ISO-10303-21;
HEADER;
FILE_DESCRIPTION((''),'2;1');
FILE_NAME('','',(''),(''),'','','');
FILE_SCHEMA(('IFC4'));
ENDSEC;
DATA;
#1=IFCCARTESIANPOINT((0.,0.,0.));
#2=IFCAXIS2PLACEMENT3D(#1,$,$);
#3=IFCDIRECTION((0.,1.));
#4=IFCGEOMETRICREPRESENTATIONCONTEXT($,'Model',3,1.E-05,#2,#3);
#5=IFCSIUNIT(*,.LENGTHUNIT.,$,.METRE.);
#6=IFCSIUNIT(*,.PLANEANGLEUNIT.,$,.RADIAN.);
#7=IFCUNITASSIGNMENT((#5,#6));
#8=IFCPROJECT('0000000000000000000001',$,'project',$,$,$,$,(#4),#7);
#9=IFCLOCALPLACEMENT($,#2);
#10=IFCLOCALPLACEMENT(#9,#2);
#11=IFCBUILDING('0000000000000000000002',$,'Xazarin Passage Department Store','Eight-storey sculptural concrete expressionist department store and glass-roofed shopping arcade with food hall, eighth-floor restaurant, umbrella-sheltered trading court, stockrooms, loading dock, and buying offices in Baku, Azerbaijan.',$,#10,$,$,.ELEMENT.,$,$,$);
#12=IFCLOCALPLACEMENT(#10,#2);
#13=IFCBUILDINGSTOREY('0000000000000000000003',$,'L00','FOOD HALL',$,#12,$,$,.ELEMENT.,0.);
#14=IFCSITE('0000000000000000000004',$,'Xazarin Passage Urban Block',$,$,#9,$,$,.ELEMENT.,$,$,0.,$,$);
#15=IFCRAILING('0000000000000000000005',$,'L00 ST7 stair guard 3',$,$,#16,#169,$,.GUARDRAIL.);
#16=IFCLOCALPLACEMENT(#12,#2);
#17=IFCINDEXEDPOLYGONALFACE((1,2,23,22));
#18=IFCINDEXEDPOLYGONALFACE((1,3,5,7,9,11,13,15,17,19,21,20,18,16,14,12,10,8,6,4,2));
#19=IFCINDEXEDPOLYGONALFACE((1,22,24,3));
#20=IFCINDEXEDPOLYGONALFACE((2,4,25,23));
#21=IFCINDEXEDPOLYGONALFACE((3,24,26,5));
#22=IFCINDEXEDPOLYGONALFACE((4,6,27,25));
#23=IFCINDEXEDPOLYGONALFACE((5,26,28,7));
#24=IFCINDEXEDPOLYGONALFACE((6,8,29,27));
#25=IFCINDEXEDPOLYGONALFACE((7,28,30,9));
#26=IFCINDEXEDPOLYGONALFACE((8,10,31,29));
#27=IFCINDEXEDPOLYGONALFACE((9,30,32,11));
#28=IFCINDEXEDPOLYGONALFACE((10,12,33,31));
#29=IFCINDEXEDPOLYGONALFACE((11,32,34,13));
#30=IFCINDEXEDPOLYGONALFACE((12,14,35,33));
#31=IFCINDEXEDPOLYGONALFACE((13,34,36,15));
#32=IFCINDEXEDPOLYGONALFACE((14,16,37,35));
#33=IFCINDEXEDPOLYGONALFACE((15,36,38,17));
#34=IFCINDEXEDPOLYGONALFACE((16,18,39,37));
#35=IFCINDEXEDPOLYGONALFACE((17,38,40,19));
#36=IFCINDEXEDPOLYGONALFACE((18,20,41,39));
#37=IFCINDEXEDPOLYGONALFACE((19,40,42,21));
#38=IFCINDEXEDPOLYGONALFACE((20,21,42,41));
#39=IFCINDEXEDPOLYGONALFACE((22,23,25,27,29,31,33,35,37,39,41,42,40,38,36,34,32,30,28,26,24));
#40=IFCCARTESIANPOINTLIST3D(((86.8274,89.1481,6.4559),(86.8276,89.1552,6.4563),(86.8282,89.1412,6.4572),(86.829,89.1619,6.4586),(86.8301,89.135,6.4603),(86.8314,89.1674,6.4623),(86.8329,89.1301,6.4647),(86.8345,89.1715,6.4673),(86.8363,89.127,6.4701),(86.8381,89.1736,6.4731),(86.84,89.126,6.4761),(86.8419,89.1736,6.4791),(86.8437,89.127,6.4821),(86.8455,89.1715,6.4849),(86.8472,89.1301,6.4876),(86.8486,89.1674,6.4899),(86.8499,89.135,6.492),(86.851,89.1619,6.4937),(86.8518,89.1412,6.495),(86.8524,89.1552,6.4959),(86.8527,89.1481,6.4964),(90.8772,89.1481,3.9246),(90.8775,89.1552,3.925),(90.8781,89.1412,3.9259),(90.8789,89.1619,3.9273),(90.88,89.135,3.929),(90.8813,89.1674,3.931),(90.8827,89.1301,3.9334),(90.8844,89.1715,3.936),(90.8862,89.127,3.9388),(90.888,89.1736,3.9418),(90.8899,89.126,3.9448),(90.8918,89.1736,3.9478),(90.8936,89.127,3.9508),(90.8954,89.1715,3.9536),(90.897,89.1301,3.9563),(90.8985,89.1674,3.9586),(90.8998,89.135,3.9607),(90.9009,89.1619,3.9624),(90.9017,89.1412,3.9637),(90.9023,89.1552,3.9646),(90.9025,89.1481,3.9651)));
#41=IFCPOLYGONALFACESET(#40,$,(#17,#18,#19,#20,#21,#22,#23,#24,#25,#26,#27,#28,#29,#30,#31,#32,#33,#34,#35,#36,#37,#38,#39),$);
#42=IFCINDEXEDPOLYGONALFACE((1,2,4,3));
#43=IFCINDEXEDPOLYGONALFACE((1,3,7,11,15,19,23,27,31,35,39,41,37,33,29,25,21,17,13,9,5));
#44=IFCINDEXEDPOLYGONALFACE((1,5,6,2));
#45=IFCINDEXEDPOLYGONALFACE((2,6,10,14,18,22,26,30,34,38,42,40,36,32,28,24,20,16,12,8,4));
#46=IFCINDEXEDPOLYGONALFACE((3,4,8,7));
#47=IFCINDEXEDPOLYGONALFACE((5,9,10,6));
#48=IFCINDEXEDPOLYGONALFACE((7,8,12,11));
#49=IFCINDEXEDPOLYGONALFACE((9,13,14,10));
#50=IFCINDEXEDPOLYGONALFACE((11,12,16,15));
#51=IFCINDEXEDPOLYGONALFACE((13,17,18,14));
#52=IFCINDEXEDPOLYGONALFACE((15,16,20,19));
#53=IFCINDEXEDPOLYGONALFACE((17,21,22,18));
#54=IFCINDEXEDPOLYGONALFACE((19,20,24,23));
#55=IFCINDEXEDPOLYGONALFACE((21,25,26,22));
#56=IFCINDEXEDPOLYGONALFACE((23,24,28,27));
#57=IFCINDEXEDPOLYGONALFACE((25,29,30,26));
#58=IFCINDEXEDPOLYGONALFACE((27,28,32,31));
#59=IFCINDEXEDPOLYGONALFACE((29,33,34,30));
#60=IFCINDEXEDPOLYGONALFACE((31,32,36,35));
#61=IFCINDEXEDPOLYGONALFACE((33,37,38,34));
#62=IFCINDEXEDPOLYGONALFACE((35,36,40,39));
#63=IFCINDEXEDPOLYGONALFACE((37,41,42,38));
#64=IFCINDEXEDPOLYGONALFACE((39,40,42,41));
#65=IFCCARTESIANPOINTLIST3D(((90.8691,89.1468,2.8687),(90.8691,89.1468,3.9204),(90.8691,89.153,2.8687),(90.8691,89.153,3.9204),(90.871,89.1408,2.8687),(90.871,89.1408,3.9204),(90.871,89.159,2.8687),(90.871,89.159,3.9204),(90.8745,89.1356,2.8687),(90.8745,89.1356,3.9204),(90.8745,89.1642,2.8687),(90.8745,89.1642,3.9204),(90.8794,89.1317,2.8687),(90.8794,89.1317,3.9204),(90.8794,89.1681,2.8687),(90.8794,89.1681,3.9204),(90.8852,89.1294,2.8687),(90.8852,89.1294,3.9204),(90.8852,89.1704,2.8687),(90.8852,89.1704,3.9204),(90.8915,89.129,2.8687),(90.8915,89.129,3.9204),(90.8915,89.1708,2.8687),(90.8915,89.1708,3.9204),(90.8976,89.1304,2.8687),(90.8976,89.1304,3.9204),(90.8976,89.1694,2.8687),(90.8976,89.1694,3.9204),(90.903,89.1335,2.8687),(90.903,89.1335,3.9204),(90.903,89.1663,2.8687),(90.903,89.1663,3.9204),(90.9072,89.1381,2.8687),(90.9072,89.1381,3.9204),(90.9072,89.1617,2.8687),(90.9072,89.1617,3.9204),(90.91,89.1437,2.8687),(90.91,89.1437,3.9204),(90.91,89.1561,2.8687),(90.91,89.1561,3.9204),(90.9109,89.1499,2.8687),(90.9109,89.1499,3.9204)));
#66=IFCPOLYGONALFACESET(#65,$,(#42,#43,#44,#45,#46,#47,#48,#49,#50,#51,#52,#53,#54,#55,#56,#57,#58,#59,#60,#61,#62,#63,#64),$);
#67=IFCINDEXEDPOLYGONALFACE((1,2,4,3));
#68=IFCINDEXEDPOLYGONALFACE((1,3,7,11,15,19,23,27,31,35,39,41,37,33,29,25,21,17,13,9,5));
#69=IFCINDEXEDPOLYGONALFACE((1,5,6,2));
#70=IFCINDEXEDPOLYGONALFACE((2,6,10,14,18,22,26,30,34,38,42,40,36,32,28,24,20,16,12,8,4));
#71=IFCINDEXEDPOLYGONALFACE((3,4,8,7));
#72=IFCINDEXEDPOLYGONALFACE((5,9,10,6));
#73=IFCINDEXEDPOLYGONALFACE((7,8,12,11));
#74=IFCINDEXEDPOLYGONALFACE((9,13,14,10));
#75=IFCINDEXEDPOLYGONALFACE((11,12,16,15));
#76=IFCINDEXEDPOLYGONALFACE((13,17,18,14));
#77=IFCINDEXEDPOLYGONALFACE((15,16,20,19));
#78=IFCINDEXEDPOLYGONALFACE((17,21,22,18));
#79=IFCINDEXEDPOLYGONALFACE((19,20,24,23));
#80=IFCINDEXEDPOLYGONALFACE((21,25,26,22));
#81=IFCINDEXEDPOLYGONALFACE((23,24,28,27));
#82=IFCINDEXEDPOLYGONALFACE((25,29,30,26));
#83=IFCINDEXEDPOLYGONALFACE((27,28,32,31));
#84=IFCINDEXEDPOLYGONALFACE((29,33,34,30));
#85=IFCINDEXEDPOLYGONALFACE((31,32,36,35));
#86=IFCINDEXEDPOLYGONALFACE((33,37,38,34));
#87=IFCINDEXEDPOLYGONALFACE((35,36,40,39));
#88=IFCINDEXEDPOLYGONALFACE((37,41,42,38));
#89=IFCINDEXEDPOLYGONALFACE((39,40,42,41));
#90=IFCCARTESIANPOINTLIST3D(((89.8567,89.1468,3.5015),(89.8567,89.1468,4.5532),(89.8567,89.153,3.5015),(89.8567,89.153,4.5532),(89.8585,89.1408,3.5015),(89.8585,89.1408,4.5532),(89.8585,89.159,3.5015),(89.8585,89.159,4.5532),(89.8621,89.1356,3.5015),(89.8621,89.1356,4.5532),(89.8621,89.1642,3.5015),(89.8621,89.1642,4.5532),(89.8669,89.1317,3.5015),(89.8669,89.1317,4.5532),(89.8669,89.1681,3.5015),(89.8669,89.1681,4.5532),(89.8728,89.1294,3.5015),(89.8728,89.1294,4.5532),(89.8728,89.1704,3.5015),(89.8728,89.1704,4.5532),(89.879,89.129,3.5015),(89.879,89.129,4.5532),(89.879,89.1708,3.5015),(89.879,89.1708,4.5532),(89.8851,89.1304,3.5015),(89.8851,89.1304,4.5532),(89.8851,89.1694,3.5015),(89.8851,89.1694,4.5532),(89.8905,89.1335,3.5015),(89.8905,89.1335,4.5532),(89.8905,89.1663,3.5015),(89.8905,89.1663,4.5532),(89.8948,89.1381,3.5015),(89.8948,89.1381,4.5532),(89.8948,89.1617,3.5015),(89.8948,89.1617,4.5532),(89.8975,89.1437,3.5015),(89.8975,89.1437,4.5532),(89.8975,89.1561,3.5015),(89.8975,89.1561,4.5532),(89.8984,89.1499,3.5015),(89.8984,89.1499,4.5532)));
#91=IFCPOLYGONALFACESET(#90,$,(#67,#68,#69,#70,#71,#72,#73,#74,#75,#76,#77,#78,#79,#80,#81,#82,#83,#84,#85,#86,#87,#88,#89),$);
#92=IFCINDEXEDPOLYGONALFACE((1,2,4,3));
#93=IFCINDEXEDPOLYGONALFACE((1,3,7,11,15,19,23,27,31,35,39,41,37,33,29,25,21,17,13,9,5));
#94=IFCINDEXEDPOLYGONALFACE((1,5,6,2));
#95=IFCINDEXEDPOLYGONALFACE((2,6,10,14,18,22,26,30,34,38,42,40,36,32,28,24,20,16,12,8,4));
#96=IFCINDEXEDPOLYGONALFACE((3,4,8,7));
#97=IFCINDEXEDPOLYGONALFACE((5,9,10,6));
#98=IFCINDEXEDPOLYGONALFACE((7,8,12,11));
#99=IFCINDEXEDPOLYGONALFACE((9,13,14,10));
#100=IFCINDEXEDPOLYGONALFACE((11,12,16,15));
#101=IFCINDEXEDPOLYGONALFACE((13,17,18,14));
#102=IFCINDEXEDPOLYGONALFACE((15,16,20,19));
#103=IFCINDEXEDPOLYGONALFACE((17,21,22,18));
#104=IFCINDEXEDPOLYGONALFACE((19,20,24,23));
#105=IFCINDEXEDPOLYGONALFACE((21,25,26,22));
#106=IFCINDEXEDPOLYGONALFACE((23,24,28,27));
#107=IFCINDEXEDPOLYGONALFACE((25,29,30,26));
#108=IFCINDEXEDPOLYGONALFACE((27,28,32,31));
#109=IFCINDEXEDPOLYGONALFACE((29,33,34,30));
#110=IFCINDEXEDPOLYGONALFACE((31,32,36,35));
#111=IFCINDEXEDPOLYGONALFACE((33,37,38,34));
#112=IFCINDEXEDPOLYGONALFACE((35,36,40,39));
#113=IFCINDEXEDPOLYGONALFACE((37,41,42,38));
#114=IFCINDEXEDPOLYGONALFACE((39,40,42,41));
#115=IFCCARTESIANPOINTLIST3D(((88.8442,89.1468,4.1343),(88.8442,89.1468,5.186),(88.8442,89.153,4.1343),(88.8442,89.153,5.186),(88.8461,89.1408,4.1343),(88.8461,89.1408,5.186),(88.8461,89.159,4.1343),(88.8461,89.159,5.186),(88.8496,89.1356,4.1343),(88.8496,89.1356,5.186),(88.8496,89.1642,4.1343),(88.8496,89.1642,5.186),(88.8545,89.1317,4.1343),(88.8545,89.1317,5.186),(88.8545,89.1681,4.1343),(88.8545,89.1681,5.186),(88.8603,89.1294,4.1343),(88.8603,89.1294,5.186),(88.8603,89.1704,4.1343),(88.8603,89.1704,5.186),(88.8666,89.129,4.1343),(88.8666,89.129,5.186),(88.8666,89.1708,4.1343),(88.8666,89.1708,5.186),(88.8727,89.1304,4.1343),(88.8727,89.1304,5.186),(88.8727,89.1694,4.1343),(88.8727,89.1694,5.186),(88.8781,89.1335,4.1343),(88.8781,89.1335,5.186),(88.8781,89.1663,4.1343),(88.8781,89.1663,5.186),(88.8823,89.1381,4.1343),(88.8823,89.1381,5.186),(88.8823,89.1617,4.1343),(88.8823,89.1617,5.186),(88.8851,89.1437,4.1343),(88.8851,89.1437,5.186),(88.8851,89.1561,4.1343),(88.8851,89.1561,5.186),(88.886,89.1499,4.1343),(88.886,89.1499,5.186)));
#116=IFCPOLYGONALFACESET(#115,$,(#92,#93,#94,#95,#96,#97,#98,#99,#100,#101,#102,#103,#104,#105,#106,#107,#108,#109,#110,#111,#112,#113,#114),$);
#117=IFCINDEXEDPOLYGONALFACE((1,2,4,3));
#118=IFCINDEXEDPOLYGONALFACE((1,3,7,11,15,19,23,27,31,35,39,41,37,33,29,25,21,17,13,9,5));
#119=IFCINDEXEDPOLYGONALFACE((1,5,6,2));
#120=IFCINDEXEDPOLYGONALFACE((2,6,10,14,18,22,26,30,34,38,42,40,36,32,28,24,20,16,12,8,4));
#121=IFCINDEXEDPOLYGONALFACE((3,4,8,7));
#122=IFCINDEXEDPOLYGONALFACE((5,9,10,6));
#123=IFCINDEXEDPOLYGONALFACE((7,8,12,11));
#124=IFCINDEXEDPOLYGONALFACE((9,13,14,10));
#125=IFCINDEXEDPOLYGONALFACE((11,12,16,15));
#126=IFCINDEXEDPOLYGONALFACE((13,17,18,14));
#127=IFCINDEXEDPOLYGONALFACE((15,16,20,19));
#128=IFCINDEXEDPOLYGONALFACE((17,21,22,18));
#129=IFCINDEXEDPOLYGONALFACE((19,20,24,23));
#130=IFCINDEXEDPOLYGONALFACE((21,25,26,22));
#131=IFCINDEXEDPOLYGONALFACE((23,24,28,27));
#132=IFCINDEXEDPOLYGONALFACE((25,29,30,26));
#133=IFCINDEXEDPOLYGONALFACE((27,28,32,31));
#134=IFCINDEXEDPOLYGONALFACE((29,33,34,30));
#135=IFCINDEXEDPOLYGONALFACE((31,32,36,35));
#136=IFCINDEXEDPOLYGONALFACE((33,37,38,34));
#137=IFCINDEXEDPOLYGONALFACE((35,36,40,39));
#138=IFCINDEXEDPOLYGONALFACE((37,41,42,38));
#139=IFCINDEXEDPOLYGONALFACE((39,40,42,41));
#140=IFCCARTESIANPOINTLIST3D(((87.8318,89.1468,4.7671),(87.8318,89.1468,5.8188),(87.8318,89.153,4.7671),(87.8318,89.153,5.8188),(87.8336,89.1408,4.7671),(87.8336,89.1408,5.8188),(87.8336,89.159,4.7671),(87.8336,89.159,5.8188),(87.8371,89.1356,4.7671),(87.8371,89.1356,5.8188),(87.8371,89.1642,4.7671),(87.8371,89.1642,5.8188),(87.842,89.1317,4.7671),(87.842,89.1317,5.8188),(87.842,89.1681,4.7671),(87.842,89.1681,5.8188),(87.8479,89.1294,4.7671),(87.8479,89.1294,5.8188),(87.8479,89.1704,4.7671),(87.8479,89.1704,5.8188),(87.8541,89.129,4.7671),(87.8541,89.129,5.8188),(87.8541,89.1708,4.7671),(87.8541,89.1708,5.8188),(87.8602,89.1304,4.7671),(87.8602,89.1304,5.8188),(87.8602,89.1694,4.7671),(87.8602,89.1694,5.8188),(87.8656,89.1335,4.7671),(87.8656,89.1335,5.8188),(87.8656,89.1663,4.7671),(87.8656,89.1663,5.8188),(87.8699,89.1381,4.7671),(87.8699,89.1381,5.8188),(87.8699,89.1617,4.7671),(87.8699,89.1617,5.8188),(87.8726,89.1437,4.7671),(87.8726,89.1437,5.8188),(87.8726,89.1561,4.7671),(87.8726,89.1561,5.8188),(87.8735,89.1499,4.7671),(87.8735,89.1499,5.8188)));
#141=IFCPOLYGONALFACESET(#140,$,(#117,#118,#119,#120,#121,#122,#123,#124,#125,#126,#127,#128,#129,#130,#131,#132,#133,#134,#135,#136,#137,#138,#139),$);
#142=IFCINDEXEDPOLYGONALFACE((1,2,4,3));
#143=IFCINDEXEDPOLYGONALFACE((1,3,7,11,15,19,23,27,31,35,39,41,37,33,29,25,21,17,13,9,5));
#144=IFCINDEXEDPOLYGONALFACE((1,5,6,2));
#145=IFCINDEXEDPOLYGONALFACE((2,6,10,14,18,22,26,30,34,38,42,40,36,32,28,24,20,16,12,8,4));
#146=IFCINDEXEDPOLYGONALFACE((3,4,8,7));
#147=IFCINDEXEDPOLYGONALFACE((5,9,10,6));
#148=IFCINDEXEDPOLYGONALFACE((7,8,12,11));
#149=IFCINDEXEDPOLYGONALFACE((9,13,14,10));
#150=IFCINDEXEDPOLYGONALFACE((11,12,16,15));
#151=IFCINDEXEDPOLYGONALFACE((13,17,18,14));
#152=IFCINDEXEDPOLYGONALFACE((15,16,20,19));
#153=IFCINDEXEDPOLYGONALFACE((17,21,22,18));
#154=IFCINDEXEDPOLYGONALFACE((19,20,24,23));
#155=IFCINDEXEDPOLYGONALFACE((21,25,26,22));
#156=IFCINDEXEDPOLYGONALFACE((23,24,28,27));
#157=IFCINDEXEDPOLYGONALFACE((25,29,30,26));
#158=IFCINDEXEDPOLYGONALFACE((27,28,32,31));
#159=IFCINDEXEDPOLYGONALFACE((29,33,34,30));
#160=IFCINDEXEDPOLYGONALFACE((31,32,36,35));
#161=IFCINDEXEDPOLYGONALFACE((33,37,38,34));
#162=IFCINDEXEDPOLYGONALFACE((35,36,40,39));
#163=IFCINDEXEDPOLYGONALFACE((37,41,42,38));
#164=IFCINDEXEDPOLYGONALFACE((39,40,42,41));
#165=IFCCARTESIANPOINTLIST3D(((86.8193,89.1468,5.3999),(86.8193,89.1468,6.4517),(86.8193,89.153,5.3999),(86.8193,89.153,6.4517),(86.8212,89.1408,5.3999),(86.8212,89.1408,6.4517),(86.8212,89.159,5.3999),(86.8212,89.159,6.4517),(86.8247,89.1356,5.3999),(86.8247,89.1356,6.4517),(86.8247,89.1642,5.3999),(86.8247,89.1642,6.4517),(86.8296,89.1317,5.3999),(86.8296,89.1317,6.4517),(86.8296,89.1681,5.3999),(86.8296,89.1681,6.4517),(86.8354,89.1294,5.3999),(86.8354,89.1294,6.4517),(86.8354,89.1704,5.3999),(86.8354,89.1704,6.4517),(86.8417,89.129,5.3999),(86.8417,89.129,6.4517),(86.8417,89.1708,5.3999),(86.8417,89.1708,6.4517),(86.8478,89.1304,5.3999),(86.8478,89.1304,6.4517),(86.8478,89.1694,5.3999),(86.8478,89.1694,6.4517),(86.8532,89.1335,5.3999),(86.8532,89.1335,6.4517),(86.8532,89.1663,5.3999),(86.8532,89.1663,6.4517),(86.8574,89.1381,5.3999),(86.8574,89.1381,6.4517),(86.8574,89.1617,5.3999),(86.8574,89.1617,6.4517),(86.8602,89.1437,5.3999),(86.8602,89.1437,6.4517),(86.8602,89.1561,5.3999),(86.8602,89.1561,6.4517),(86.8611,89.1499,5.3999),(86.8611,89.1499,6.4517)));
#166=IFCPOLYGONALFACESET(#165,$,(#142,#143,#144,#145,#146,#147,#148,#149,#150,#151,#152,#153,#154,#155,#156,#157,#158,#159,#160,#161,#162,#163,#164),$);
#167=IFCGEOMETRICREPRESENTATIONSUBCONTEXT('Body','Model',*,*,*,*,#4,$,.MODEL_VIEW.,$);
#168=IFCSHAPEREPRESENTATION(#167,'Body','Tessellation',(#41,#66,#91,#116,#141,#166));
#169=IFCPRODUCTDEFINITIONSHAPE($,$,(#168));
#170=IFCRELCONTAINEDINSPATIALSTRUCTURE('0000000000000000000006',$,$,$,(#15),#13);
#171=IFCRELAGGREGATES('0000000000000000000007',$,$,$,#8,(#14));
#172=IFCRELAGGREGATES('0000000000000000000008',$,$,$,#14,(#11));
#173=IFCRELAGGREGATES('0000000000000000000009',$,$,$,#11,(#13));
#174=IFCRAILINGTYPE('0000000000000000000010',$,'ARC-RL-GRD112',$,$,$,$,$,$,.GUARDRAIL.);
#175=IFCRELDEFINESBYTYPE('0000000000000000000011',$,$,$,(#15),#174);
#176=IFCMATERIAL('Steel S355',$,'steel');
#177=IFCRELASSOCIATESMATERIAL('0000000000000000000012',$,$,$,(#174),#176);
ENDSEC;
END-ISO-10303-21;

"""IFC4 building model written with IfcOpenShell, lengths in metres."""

from ifc_helpers import new_model, si_unit, direction, frame, origin, origin_2d, place, context, subcontext, project, spatial, circle, extrude, material, type_object, element, save


model = new_model("IFC4")

# Units and contexts
model_context = context("Model", 3, precision=1e-05, world=origin(), true_north=direction((0.0, 1.0)))
body_context = subcontext(model_context, "Body", "Model", "MODEL_VIEW")
ifc_project = project(units=[si_unit("LENGTHUNIT", "METRE"), si_unit("PLANEANGLEUNIT", "RADIAN")], contexts=[model_context])

# Site, building, storey
site_placement = place(None, origin())
site = spatial("IfcSite", under=ifc_project, at=site_placement, Name="Xazarin Passage Urban Block", CompositionType="ELEMENT", RefElevation=0.0)
building_placement = place(site_placement, origin())
building = spatial("IfcBuilding", under=site, at=building_placement, Name="Xazarin Passage Department Store", Description="Eight-storey sculptural concrete expressionist department store and glass-roofed shopping arcade with food hall, eighth-floor restaurant, umbrella-sheltered trading court, stockrooms, loading dock, and buying offices in Baku, Azerbaijan.", CompositionType="ELEMENT")
storey_placement = place(building_placement, origin())
storey = spatial("IfcBuildingStorey", under=building, at=storey_placement, Name="L00", Description="FOOD HALL", CompositionType="ELEMENT", Elevation=0.0)

# Shared definitions
ifc_material_1 = material(Name="Steel S355", Category="steel")

# Railing
railing_type_1 = type_object("IfcRailingType", Name="ARC-RL-GRD112", PredefinedType="GUARDRAIL", material=ifc_material_1)
railing_1_placement = place(storey_placement, frame((90.8899, 89.1499, 2.8687)))
element("IfcRailing", 1, at=railing_1_placement, inside=storey, type_object=railing_type_1, Name="L00 ST7 stair guard 3", PredefinedType="GUARDRAIL", context=body_context, shape_type="SweptSolid", body=[
    extrude(circle(Radius=0.0239, at=origin_2d()), frame((0.0, 0.0, 1.0762), z_axis=(-0.847987, 0.0, 0.530017), x_axis=(0.0, -1.0, 0.0)), (0.0, 0.0, 1.0), 4.7759),
    extrude(circle(Radius=0.021, at=origin_2d()), origin(), (0.0, 0.0, 1.0), 1.0518),
    extrude(circle(Radius=0.021, at=origin_2d()), frame((-1.0125, 0.0, 0.6328)), (0.0, 0.0, 1.0), 1.0518),
    extrude(circle(Radius=0.021, at=origin_2d()), frame((-2.0249, 0.0, 1.2656)), (0.0, 0.0, 1.0), 1.0518),
    extrude(circle(Radius=0.021, at=origin_2d()), frame((-3.0374, 0.0, 1.8984)), (0.0, 0.0, 1.0), 1.0518),
    extrude(circle(Radius=0.021, at=origin_2d()), frame((-4.0498, 0.0, 2.5312)), (0.0, 0.0, 1.0), 1.0518),
])

save(model, "model.ifc")
